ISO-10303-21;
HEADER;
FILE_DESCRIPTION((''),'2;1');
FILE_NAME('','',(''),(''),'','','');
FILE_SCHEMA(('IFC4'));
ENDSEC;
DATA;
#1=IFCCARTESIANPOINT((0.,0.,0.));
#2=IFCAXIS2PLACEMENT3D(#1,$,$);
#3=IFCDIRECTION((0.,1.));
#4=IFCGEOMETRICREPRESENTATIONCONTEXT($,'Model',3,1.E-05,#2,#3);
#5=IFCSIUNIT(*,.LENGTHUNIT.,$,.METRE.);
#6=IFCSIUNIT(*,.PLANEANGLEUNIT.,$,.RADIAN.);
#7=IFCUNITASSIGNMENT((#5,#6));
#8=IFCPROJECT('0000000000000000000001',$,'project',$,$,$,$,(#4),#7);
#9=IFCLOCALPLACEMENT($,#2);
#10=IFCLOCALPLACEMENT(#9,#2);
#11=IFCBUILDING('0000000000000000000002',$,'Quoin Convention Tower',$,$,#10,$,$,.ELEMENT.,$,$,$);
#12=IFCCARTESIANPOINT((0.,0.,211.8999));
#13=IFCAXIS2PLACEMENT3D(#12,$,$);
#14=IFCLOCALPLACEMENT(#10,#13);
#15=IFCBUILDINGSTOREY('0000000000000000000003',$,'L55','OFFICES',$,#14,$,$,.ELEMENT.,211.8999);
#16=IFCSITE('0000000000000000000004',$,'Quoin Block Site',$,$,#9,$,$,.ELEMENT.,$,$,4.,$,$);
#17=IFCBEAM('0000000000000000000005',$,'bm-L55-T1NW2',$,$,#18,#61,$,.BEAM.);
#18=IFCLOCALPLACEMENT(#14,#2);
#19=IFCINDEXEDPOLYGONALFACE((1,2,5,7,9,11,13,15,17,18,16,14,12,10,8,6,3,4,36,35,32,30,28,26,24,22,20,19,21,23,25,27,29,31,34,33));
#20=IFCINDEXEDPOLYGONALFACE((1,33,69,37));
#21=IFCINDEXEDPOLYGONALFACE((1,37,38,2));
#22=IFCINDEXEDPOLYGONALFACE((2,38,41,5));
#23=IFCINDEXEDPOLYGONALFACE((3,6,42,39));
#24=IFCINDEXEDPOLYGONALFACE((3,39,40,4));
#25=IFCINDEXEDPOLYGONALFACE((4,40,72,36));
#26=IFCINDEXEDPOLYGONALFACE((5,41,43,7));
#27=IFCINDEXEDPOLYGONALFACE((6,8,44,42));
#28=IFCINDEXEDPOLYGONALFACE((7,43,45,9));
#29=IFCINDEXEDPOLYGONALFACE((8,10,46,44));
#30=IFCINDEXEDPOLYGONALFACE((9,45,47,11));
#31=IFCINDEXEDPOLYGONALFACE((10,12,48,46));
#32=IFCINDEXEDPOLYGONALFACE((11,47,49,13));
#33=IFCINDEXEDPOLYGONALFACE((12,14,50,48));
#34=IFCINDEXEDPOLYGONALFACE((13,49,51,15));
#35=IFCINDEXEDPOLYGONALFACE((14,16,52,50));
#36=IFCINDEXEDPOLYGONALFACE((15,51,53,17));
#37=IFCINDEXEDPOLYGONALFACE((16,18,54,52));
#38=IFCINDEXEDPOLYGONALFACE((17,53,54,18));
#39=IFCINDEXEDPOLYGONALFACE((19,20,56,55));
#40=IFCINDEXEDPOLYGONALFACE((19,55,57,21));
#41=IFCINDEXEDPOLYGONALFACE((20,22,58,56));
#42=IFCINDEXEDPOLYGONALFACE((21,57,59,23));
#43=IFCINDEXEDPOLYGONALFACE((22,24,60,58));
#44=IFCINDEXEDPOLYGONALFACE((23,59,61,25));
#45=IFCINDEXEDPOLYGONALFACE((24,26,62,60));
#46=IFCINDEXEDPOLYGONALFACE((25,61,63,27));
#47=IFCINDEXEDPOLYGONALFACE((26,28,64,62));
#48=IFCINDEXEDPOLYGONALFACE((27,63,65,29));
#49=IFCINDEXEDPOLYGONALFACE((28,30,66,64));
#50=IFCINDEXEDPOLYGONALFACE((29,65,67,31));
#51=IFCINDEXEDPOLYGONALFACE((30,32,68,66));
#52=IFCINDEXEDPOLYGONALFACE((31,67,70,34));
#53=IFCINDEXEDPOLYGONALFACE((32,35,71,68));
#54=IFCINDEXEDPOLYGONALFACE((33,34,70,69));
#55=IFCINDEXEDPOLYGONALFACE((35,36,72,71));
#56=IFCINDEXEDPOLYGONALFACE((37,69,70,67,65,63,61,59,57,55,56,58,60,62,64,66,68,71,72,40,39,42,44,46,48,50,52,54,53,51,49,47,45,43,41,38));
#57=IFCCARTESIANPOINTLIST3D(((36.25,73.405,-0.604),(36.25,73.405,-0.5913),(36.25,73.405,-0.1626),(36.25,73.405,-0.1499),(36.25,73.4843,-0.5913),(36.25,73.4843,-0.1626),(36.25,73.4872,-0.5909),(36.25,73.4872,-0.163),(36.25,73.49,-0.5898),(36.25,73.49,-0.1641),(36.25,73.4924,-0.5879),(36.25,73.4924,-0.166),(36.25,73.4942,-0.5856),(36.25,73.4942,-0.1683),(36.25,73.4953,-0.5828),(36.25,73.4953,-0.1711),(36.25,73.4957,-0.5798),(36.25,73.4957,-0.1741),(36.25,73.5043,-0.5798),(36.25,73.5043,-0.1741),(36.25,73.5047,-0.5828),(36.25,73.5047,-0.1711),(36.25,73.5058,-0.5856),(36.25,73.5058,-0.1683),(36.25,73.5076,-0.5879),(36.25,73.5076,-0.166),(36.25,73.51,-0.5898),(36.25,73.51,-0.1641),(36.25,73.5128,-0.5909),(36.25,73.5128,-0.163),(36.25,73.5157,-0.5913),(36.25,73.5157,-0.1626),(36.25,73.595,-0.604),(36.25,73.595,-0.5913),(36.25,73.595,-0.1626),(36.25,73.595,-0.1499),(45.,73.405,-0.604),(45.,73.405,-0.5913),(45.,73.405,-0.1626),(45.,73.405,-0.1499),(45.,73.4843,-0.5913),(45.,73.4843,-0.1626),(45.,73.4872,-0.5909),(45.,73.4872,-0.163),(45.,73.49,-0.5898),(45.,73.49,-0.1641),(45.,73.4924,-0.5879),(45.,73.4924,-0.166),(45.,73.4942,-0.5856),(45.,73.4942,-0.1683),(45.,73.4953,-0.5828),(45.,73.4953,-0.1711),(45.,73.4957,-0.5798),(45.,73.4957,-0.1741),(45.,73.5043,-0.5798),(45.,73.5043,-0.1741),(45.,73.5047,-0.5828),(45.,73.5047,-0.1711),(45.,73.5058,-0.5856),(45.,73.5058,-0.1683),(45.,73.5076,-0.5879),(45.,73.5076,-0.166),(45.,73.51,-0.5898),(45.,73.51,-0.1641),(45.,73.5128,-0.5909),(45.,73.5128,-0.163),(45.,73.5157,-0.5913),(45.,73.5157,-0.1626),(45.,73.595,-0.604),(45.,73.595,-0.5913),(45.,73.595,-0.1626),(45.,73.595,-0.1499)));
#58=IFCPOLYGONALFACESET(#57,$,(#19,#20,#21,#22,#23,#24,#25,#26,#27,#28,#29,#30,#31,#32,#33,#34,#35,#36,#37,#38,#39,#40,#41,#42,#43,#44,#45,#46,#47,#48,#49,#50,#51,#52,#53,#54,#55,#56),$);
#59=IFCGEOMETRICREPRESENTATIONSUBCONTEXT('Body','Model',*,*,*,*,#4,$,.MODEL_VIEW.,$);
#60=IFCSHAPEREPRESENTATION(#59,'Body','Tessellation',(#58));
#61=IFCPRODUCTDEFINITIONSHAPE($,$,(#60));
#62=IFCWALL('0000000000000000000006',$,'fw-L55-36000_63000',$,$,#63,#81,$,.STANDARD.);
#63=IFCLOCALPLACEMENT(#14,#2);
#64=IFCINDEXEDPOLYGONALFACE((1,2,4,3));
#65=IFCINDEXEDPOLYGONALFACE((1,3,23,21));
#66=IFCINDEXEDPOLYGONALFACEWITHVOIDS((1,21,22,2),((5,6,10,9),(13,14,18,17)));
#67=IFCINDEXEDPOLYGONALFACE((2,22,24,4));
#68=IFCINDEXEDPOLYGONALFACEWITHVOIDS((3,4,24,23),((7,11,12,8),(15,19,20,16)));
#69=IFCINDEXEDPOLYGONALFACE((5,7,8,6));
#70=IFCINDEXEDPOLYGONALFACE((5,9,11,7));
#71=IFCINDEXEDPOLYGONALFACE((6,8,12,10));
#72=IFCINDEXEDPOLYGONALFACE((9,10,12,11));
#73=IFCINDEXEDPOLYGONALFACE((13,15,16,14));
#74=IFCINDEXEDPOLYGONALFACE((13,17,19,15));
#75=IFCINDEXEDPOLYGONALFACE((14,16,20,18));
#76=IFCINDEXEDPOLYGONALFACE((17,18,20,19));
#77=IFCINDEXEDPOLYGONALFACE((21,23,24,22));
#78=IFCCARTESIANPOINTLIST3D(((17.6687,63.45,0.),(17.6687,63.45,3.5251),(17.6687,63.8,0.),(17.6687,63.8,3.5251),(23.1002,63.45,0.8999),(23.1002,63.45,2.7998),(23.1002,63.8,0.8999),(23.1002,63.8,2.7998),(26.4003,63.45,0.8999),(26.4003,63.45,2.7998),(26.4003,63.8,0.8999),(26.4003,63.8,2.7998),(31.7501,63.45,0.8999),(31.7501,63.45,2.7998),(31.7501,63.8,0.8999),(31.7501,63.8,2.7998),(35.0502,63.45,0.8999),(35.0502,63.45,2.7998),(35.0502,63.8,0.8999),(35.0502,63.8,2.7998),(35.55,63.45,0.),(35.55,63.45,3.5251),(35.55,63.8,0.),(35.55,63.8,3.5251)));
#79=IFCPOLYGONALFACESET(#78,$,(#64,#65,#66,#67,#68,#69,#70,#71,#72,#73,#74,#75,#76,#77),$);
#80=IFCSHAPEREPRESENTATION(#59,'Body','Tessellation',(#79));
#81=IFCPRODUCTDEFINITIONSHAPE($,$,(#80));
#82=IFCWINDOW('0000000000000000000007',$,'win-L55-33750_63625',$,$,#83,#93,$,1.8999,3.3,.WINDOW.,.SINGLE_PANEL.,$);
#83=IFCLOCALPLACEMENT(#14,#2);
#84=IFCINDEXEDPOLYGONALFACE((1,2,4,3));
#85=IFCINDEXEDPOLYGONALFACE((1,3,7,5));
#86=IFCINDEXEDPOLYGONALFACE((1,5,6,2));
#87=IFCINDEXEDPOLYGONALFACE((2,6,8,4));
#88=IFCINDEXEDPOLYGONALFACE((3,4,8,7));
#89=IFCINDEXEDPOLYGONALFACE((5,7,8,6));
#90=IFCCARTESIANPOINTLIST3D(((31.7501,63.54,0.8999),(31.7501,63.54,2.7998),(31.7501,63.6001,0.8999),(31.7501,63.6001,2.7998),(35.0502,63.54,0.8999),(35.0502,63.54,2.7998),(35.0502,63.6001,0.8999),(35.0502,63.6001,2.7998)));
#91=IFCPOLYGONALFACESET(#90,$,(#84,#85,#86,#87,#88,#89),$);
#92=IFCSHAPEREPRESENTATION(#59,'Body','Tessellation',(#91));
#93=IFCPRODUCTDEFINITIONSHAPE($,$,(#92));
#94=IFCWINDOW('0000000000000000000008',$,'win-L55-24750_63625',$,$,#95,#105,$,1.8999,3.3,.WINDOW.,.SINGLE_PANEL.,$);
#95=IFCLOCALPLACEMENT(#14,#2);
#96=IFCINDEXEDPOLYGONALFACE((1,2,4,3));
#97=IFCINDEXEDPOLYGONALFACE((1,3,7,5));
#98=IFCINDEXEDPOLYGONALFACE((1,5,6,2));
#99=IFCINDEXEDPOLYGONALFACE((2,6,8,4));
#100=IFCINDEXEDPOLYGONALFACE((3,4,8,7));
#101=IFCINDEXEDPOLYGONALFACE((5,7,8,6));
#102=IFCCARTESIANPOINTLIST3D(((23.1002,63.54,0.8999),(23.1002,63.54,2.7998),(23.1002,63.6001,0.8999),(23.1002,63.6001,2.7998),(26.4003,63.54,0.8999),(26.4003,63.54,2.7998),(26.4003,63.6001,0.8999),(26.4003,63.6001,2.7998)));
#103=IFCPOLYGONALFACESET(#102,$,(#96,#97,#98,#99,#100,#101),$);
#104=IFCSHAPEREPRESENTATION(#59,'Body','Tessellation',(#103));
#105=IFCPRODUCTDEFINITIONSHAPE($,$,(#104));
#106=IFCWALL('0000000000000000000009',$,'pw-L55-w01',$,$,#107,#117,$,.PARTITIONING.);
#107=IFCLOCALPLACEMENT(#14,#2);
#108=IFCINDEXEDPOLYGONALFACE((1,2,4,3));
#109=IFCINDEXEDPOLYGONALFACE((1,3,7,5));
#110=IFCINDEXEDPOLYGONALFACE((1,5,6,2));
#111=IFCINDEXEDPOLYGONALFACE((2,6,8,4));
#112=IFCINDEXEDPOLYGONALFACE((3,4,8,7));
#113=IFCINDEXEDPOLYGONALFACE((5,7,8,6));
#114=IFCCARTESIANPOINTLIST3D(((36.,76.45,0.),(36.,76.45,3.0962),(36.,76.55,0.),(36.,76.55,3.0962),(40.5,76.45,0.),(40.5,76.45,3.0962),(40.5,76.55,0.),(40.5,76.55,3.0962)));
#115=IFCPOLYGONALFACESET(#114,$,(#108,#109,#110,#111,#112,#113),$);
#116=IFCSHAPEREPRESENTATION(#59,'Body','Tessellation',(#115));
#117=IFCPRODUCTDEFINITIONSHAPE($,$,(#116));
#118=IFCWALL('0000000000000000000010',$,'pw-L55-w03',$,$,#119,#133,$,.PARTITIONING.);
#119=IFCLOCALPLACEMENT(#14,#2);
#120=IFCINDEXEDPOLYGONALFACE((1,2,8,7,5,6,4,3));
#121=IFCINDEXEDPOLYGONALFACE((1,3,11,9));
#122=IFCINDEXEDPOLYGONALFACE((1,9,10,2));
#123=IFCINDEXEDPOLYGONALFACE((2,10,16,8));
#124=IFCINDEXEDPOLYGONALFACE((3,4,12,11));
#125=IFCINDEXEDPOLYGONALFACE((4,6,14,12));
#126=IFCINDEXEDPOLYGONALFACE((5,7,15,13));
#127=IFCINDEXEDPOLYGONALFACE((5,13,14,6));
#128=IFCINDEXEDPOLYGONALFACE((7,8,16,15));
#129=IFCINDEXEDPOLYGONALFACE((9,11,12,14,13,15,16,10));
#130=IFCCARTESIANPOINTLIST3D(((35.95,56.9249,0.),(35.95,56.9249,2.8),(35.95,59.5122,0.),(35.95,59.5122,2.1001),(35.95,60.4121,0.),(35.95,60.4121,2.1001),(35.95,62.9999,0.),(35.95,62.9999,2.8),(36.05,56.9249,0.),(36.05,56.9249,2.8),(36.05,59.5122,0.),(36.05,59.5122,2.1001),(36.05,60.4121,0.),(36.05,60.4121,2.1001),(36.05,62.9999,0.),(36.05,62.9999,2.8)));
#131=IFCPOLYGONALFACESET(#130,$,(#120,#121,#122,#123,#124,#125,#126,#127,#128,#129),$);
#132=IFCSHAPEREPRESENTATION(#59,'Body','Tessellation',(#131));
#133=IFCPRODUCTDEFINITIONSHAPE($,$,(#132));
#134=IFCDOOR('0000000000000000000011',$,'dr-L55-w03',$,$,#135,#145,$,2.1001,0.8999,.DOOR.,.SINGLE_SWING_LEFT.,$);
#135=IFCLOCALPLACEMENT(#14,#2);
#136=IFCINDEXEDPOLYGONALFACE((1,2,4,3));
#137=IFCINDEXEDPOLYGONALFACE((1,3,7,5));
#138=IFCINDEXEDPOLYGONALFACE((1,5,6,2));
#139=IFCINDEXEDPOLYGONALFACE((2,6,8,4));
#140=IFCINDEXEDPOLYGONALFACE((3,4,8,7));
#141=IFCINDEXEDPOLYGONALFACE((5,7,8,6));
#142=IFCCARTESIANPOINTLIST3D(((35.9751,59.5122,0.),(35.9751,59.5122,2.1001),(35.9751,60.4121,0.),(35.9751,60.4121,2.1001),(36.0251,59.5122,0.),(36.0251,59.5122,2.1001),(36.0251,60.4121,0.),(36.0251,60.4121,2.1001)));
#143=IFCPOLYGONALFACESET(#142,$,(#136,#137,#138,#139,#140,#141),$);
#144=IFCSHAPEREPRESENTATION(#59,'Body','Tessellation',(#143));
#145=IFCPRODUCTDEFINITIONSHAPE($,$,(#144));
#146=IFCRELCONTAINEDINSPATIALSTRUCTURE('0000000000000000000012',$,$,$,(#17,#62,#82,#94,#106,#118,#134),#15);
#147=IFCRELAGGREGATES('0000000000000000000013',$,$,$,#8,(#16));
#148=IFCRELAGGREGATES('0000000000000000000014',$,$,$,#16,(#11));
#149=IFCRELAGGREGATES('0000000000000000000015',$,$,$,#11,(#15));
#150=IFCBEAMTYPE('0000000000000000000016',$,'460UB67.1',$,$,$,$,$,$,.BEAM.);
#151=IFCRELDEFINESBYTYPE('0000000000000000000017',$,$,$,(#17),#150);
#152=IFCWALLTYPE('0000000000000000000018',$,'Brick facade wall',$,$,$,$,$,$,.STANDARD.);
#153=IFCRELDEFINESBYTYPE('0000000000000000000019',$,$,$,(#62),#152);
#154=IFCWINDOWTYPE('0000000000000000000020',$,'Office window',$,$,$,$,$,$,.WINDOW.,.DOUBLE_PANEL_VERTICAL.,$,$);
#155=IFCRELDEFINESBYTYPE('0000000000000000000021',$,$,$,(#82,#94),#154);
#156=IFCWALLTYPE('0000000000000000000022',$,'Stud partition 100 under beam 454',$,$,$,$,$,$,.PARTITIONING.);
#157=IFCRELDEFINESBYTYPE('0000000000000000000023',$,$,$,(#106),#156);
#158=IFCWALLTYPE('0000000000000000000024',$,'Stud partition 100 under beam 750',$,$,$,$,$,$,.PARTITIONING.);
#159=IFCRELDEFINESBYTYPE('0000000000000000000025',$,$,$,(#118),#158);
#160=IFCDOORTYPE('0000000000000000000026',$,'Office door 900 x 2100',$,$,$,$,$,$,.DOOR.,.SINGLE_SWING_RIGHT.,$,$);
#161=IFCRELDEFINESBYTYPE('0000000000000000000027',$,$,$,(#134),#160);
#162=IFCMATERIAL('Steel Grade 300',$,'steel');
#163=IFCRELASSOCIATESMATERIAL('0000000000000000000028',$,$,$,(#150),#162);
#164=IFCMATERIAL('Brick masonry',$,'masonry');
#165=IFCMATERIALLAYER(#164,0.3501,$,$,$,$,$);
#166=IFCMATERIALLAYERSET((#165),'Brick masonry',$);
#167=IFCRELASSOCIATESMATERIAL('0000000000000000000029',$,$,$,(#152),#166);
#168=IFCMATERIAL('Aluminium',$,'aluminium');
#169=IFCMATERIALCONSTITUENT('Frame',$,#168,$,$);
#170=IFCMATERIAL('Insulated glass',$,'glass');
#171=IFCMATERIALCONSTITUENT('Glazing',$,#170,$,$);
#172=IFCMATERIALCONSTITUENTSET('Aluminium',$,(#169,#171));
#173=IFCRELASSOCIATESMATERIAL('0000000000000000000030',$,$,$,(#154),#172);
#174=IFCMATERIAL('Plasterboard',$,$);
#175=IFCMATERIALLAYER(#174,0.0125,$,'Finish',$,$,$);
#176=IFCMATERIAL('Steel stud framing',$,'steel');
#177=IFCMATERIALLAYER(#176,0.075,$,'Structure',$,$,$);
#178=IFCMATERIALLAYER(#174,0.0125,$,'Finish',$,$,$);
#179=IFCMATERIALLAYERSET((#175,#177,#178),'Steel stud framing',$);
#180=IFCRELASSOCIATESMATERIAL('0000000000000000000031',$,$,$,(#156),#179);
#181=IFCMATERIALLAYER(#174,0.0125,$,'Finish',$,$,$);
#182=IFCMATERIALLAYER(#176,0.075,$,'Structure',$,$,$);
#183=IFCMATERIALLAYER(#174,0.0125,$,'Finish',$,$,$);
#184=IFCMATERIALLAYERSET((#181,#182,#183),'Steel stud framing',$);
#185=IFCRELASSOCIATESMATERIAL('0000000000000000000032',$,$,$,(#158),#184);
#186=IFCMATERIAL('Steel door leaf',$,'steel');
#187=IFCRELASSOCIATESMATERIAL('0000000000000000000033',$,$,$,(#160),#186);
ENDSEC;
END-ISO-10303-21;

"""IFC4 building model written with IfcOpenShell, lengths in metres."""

from ifc_helpers import new_model, si_unit, direction, frame, frame_2d, origin, origin_2d, place, context, subcontext, project, spatial, rectangle, i_section, extrude, material, layer, layer_set, constituent, constituent_set, material_profile, profile_set, type_object, element, fill, save


model = new_model("IFC4")

# Units and contexts
model_context = context("Model", 3, precision=1e-05, world=origin(), true_north=direction((0.0, 1.0)))
body_context = subcontext(model_context, "Body", "Model", "MODEL_VIEW")
ifc_project = project(units=[si_unit("LENGTHUNIT", "METRE"), si_unit("PLANEANGLEUNIT", "RADIAN")], contexts=[model_context])

# Site, building, storey
site_placement = place(None, origin())
site = spatial("IfcSite", under=ifc_project, at=site_placement, Name="Quoin Block Site", CompositionType="ELEMENT", RefElevation=4.0)
building_placement = place(site_placement, origin())
building = spatial("IfcBuilding", under=site, at=building_placement, Name="Quoin Convention Tower", CompositionType="ELEMENT")
storey_placement = place(building_placement, frame((0.0, 0.0, 211.8999)))
storey = spatial("IfcBuildingStorey", under=building, at=storey_placement, Name="L55", Description="OFFICES", CompositionType="ELEMENT", Elevation=211.8999)

# Beam
ifc_material_1 = material(Name="Steel Grade 300", Category="steel")
ifc_material_profile_1 = material_profile(ifc_material_1, i_section(OverallWidth=0.1899, OverallDepth=0.4541, WebThickness=0.0085, FlangeThickness=0.0127, FilletRadius=0.0115, at=origin_2d()), Name="460UB67.1")
ifc_profile_set_1 = profile_set([ifc_material_profile_1], Name="Steel Grade 300")
beam_type = type_object("IfcBeamType", Name="460UB67.1", PredefinedType="BEAM", material=ifc_profile_set_1)
beam_1_placement = place(storey_placement, frame((36.25, 73.5, -0.377), z_axis=(1.0, 0.0, 0.0), x_axis=(0.0, 1.0, 0.0)))
element("IfcBeam", 1, at=beam_1_placement, inside=storey, type_object=beam_type, Name="bm-L55-T1NW2", PredefinedType="BEAM", context=body_context, shape_type="SweptSolid", body=[
    extrude(i_section(OverallWidth=0.1899, OverallDepth=0.4541, WebThickness=0.0085, FlangeThickness=0.0127, FilletRadius=0.0115, at=origin_2d()), origin(), (0.0, 0.0, 1.0), 8.75),
])

# Wall, openings, windows
ifc_material_2 = material(Name="Brick masonry", Category="masonry")
ifc_layer_1 = layer(ifc_material_2, 0.3501)
ifc_layer_set_1 = layer_set([ifc_layer_1], Name="Brick masonry")
wall_type_1 = type_object("IfcWallType", Name="Brick facade wall", PredefinedType="STANDARD", material=ifc_layer_set_1)
wall_1_placement = place(storey_placement, frame((35.55, 63.625, 0.0), z_axis=(0.0, 0.0, 1.0), x_axis=(-1.0, 0.0, 0.0)))
wall_1 = element("IfcWall", 2, at=wall_1_placement, inside=storey, type_object=wall_type_1, Name="fw-L55-36000_63000", PredefinedType="STANDARD", context=body_context, shape_type="SweptSolid", body=[
    extrude(rectangle(XDim=17.8813, YDim=0.3501, at=frame_2d((8.9407, 0.0))), origin(), (0.0, 0.0, 1.0), 3.5251),
])
opening_1_placement = place(wall_1_placement, frame((0.5, 0.0, 0.8999)))
opening_1 = element("IfcOpeningElement", 3, at=opening_1_placement, cuts=wall_1, PredefinedType="OPENING", context=body_context, shape_type="SweptSolid", body=[
    extrude(rectangle(XDim=3.3, YDim=1.8999, at=frame_2d((1.6499, 0.95))), frame((0.0, 0.1851, 0.0), z_axis=(0.0, -1.0, 0.0), x_axis=(1.0, 0.0, 0.0)), (0.0, 0.0, 1.0), 0.3701),
])
opening_2_placement = place(wall_1_placement, frame((9.1499, 0.0, 0.8999)))
opening_2 = element("IfcOpeningElement", 4, at=opening_2_placement, cuts=wall_1, PredefinedType="OPENING", context=body_context, shape_type="SweptSolid", body=[
    extrude(rectangle(XDim=3.3, YDim=1.8999, at=frame_2d((1.6499, 0.95))), frame((0.0, 0.1851, 0.0), z_axis=(0.0, -1.0, 0.0), x_axis=(1.0, 0.0, 0.0)), (0.0, 0.0, 1.0), 0.3701),
])
ifc_material_3 = material(Name="Aluminium", Category="aluminium")
ifc_constituent_1 = constituent(ifc_material_3, Name="Frame")
ifc_material_4 = material(Name="Insulated glass", Category="glass")
ifc_constituent_2 = constituent(ifc_material_4, Name="Glazing")
ifc_constituent_set = constituent_set(constituents=[ifc_constituent_1, ifc_constituent_2], Name="Aluminium")
window_type = type_object("IfcWindowType", Name="Office window", PartitioningType="DOUBLE_PANEL_VERTICAL", PredefinedType="WINDOW", material=ifc_constituent_set)
window_1_placement = place(opening_1_placement, origin())
window_1 = element("IfcWindow", 5, at=window_1_placement, inside=storey, type_object=window_type, Name="win-L55-33750_63625", OverallHeight=1.8999, OverallWidth=3.3, PartitioningType="SINGLE_PANEL", PredefinedType="WINDOW", context=body_context, shape_type="SweptSolid", body=[
    extrude(rectangle(XDim=3.3, YDim=1.8999, at=frame_2d((1.6499, 0.95))), frame((0.0, 0.085, 0.0), z_axis=(0.0, -1.0, 0.0), x_axis=(1.0, 0.0, 0.0)), (0.0, 0.0, 1.0), 0.0601),
])
fill(opening_1, window_1)
window_2_placement = place(opening_2_placement, origin())
window_2 = element("IfcWindow", 6, at=window_2_placement, inside=storey, type_object=window_type, Name="win-L55-24750_63625", OverallHeight=1.8999, OverallWidth=3.3, PartitioningType="SINGLE_PANEL", PredefinedType="WINDOW", context=body_context, shape_type="SweptSolid", body=[
    extrude(rectangle(XDim=3.3, YDim=1.8999, at=frame_2d((1.6499, 0.95))), frame((0.0, 0.085, 0.0), z_axis=(0.0, -1.0, 0.0), x_axis=(1.0, 0.0, 0.0)), (0.0, 0.0, 1.0), 0.0601),
])
fill(opening_2, window_2)

# Wall
ifc_material_5 = material(Name="Plasterboard")
ifc_layer_2 = layer(ifc_material_5, 0.0125, Name="Finish")
ifc_material_6 = material(Name="Steel stud framing", Category="steel")
ifc_layer_3 = layer(ifc_material_6, 0.075, Name="Structure")
ifc_layer_4 = layer(ifc_material_5, 0.0125, Name="Finish")
ifc_layer_set_2 = layer_set([ifc_layer_2, ifc_layer_3, ifc_layer_4], Name="Steel stud framing")
wall_type_2 = type_object("IfcWallType", Name="Stud partition 100 under beam 454", PredefinedType="PARTITIONING", material=ifc_layer_set_2)
wall_2_placement = place(storey_placement, frame((36.0, 76.5, 0.0), z_axis=(0.0, 0.0, 1.0), x_axis=(1.0, 0.0, 0.0)))
element("IfcWall", 7, at=wall_2_placement, inside=storey, type_object=wall_type_2, Name="pw-L55-w01", PredefinedType="PARTITIONING", context=body_context, shape_type="SweptSolid", body=[
    extrude(rectangle(XDim=4.5, YDim=0.1001, at=frame_2d((2.25, 0.0))), origin(), (0.0, 0.0, 1.0), 3.0962),
])

# Wall, opening, door
ifc_layer_5 = layer(ifc_material_5, 0.0125, Name="Finish")
ifc_layer_6 = layer(ifc_material_6, 0.075, Name="Structure")
ifc_layer_7 = layer(ifc_material_5, 0.0125, Name="Finish")
ifc_layer_set_3 = layer_set([ifc_layer_5, ifc_layer_6, ifc_layer_7], Name="Steel stud framing")
wall_type_3 = type_object("IfcWallType", Name="Stud partition 100 under beam 750", PredefinedType="PARTITIONING", material=ifc_layer_set_3)
wall_3_placement = place(storey_placement, frame((36.0, 63.0, 0.0), z_axis=(0.0, 0.0, 1.0), x_axis=(0.0, -1.0, 0.0)))
wall_3 = element("IfcWall", 8, at=wall_3_placement, inside=storey, type_object=wall_type_3, Name="pw-L55-w03", PredefinedType="PARTITIONING", context=body_context, shape_type="SweptSolid", body=[
    extrude(rectangle(XDim=6.075, YDim=0.1001, at=frame_2d((3.0376, 0.0))), origin(), (0.0, 0.0, 1.0), 2.8),
])
opening_3_placement = place(wall_3_placement, frame((2.5879, 0.0, 0.0)))
opening_3 = element("IfcOpeningElement", 9, at=opening_3_placement, cuts=wall_3, PredefinedType="OPENING", context=body_context, shape_type="SweptSolid", body=[
    extrude(rectangle(XDim=0.8999, YDim=2.1001, at=frame_2d((0.45, 1.05))), frame((0.0, 0.0601, 0.0), z_axis=(0.0, -1.0, 0.0), x_axis=(1.0, 0.0, 0.0)), (0.0, 0.0, 1.0), 0.1201),
])
ifc_material_7 = material(Name="Steel door leaf", Category="steel")
door_type = type_object("IfcDoorType", Name="Office door 900 x 2100", OperationType="SINGLE_SWING_RIGHT", PredefinedType="DOOR", material=ifc_material_7)
door_placement = place(opening_3_placement, frame((0.8999, 0.0, 0.0), z_axis=(0.0, 0.0, 1.0), x_axis=(-1.0, 0.0, 0.0)))
door = element("IfcDoor", 10, at=door_placement, inside=storey, type_object=door_type, Name="dr-L55-w03", OperationType="SINGLE_SWING_LEFT", OverallHeight=2.1001, OverallWidth=0.8999, PredefinedType="DOOR", context=body_context, shape_type="SweptSolid", body=[
    extrude(rectangle(XDim=0.8999, YDim=2.1001, at=frame_2d((0.45, 1.05))), frame((0.0, 0.0249, 0.0), z_axis=(0.0, -1.0, 0.0), x_axis=(1.0, 0.0, 0.0)), (0.0, 0.0, 1.0), 0.05),
])
fill(opening_3, door)

save(model, "model.ifc")
